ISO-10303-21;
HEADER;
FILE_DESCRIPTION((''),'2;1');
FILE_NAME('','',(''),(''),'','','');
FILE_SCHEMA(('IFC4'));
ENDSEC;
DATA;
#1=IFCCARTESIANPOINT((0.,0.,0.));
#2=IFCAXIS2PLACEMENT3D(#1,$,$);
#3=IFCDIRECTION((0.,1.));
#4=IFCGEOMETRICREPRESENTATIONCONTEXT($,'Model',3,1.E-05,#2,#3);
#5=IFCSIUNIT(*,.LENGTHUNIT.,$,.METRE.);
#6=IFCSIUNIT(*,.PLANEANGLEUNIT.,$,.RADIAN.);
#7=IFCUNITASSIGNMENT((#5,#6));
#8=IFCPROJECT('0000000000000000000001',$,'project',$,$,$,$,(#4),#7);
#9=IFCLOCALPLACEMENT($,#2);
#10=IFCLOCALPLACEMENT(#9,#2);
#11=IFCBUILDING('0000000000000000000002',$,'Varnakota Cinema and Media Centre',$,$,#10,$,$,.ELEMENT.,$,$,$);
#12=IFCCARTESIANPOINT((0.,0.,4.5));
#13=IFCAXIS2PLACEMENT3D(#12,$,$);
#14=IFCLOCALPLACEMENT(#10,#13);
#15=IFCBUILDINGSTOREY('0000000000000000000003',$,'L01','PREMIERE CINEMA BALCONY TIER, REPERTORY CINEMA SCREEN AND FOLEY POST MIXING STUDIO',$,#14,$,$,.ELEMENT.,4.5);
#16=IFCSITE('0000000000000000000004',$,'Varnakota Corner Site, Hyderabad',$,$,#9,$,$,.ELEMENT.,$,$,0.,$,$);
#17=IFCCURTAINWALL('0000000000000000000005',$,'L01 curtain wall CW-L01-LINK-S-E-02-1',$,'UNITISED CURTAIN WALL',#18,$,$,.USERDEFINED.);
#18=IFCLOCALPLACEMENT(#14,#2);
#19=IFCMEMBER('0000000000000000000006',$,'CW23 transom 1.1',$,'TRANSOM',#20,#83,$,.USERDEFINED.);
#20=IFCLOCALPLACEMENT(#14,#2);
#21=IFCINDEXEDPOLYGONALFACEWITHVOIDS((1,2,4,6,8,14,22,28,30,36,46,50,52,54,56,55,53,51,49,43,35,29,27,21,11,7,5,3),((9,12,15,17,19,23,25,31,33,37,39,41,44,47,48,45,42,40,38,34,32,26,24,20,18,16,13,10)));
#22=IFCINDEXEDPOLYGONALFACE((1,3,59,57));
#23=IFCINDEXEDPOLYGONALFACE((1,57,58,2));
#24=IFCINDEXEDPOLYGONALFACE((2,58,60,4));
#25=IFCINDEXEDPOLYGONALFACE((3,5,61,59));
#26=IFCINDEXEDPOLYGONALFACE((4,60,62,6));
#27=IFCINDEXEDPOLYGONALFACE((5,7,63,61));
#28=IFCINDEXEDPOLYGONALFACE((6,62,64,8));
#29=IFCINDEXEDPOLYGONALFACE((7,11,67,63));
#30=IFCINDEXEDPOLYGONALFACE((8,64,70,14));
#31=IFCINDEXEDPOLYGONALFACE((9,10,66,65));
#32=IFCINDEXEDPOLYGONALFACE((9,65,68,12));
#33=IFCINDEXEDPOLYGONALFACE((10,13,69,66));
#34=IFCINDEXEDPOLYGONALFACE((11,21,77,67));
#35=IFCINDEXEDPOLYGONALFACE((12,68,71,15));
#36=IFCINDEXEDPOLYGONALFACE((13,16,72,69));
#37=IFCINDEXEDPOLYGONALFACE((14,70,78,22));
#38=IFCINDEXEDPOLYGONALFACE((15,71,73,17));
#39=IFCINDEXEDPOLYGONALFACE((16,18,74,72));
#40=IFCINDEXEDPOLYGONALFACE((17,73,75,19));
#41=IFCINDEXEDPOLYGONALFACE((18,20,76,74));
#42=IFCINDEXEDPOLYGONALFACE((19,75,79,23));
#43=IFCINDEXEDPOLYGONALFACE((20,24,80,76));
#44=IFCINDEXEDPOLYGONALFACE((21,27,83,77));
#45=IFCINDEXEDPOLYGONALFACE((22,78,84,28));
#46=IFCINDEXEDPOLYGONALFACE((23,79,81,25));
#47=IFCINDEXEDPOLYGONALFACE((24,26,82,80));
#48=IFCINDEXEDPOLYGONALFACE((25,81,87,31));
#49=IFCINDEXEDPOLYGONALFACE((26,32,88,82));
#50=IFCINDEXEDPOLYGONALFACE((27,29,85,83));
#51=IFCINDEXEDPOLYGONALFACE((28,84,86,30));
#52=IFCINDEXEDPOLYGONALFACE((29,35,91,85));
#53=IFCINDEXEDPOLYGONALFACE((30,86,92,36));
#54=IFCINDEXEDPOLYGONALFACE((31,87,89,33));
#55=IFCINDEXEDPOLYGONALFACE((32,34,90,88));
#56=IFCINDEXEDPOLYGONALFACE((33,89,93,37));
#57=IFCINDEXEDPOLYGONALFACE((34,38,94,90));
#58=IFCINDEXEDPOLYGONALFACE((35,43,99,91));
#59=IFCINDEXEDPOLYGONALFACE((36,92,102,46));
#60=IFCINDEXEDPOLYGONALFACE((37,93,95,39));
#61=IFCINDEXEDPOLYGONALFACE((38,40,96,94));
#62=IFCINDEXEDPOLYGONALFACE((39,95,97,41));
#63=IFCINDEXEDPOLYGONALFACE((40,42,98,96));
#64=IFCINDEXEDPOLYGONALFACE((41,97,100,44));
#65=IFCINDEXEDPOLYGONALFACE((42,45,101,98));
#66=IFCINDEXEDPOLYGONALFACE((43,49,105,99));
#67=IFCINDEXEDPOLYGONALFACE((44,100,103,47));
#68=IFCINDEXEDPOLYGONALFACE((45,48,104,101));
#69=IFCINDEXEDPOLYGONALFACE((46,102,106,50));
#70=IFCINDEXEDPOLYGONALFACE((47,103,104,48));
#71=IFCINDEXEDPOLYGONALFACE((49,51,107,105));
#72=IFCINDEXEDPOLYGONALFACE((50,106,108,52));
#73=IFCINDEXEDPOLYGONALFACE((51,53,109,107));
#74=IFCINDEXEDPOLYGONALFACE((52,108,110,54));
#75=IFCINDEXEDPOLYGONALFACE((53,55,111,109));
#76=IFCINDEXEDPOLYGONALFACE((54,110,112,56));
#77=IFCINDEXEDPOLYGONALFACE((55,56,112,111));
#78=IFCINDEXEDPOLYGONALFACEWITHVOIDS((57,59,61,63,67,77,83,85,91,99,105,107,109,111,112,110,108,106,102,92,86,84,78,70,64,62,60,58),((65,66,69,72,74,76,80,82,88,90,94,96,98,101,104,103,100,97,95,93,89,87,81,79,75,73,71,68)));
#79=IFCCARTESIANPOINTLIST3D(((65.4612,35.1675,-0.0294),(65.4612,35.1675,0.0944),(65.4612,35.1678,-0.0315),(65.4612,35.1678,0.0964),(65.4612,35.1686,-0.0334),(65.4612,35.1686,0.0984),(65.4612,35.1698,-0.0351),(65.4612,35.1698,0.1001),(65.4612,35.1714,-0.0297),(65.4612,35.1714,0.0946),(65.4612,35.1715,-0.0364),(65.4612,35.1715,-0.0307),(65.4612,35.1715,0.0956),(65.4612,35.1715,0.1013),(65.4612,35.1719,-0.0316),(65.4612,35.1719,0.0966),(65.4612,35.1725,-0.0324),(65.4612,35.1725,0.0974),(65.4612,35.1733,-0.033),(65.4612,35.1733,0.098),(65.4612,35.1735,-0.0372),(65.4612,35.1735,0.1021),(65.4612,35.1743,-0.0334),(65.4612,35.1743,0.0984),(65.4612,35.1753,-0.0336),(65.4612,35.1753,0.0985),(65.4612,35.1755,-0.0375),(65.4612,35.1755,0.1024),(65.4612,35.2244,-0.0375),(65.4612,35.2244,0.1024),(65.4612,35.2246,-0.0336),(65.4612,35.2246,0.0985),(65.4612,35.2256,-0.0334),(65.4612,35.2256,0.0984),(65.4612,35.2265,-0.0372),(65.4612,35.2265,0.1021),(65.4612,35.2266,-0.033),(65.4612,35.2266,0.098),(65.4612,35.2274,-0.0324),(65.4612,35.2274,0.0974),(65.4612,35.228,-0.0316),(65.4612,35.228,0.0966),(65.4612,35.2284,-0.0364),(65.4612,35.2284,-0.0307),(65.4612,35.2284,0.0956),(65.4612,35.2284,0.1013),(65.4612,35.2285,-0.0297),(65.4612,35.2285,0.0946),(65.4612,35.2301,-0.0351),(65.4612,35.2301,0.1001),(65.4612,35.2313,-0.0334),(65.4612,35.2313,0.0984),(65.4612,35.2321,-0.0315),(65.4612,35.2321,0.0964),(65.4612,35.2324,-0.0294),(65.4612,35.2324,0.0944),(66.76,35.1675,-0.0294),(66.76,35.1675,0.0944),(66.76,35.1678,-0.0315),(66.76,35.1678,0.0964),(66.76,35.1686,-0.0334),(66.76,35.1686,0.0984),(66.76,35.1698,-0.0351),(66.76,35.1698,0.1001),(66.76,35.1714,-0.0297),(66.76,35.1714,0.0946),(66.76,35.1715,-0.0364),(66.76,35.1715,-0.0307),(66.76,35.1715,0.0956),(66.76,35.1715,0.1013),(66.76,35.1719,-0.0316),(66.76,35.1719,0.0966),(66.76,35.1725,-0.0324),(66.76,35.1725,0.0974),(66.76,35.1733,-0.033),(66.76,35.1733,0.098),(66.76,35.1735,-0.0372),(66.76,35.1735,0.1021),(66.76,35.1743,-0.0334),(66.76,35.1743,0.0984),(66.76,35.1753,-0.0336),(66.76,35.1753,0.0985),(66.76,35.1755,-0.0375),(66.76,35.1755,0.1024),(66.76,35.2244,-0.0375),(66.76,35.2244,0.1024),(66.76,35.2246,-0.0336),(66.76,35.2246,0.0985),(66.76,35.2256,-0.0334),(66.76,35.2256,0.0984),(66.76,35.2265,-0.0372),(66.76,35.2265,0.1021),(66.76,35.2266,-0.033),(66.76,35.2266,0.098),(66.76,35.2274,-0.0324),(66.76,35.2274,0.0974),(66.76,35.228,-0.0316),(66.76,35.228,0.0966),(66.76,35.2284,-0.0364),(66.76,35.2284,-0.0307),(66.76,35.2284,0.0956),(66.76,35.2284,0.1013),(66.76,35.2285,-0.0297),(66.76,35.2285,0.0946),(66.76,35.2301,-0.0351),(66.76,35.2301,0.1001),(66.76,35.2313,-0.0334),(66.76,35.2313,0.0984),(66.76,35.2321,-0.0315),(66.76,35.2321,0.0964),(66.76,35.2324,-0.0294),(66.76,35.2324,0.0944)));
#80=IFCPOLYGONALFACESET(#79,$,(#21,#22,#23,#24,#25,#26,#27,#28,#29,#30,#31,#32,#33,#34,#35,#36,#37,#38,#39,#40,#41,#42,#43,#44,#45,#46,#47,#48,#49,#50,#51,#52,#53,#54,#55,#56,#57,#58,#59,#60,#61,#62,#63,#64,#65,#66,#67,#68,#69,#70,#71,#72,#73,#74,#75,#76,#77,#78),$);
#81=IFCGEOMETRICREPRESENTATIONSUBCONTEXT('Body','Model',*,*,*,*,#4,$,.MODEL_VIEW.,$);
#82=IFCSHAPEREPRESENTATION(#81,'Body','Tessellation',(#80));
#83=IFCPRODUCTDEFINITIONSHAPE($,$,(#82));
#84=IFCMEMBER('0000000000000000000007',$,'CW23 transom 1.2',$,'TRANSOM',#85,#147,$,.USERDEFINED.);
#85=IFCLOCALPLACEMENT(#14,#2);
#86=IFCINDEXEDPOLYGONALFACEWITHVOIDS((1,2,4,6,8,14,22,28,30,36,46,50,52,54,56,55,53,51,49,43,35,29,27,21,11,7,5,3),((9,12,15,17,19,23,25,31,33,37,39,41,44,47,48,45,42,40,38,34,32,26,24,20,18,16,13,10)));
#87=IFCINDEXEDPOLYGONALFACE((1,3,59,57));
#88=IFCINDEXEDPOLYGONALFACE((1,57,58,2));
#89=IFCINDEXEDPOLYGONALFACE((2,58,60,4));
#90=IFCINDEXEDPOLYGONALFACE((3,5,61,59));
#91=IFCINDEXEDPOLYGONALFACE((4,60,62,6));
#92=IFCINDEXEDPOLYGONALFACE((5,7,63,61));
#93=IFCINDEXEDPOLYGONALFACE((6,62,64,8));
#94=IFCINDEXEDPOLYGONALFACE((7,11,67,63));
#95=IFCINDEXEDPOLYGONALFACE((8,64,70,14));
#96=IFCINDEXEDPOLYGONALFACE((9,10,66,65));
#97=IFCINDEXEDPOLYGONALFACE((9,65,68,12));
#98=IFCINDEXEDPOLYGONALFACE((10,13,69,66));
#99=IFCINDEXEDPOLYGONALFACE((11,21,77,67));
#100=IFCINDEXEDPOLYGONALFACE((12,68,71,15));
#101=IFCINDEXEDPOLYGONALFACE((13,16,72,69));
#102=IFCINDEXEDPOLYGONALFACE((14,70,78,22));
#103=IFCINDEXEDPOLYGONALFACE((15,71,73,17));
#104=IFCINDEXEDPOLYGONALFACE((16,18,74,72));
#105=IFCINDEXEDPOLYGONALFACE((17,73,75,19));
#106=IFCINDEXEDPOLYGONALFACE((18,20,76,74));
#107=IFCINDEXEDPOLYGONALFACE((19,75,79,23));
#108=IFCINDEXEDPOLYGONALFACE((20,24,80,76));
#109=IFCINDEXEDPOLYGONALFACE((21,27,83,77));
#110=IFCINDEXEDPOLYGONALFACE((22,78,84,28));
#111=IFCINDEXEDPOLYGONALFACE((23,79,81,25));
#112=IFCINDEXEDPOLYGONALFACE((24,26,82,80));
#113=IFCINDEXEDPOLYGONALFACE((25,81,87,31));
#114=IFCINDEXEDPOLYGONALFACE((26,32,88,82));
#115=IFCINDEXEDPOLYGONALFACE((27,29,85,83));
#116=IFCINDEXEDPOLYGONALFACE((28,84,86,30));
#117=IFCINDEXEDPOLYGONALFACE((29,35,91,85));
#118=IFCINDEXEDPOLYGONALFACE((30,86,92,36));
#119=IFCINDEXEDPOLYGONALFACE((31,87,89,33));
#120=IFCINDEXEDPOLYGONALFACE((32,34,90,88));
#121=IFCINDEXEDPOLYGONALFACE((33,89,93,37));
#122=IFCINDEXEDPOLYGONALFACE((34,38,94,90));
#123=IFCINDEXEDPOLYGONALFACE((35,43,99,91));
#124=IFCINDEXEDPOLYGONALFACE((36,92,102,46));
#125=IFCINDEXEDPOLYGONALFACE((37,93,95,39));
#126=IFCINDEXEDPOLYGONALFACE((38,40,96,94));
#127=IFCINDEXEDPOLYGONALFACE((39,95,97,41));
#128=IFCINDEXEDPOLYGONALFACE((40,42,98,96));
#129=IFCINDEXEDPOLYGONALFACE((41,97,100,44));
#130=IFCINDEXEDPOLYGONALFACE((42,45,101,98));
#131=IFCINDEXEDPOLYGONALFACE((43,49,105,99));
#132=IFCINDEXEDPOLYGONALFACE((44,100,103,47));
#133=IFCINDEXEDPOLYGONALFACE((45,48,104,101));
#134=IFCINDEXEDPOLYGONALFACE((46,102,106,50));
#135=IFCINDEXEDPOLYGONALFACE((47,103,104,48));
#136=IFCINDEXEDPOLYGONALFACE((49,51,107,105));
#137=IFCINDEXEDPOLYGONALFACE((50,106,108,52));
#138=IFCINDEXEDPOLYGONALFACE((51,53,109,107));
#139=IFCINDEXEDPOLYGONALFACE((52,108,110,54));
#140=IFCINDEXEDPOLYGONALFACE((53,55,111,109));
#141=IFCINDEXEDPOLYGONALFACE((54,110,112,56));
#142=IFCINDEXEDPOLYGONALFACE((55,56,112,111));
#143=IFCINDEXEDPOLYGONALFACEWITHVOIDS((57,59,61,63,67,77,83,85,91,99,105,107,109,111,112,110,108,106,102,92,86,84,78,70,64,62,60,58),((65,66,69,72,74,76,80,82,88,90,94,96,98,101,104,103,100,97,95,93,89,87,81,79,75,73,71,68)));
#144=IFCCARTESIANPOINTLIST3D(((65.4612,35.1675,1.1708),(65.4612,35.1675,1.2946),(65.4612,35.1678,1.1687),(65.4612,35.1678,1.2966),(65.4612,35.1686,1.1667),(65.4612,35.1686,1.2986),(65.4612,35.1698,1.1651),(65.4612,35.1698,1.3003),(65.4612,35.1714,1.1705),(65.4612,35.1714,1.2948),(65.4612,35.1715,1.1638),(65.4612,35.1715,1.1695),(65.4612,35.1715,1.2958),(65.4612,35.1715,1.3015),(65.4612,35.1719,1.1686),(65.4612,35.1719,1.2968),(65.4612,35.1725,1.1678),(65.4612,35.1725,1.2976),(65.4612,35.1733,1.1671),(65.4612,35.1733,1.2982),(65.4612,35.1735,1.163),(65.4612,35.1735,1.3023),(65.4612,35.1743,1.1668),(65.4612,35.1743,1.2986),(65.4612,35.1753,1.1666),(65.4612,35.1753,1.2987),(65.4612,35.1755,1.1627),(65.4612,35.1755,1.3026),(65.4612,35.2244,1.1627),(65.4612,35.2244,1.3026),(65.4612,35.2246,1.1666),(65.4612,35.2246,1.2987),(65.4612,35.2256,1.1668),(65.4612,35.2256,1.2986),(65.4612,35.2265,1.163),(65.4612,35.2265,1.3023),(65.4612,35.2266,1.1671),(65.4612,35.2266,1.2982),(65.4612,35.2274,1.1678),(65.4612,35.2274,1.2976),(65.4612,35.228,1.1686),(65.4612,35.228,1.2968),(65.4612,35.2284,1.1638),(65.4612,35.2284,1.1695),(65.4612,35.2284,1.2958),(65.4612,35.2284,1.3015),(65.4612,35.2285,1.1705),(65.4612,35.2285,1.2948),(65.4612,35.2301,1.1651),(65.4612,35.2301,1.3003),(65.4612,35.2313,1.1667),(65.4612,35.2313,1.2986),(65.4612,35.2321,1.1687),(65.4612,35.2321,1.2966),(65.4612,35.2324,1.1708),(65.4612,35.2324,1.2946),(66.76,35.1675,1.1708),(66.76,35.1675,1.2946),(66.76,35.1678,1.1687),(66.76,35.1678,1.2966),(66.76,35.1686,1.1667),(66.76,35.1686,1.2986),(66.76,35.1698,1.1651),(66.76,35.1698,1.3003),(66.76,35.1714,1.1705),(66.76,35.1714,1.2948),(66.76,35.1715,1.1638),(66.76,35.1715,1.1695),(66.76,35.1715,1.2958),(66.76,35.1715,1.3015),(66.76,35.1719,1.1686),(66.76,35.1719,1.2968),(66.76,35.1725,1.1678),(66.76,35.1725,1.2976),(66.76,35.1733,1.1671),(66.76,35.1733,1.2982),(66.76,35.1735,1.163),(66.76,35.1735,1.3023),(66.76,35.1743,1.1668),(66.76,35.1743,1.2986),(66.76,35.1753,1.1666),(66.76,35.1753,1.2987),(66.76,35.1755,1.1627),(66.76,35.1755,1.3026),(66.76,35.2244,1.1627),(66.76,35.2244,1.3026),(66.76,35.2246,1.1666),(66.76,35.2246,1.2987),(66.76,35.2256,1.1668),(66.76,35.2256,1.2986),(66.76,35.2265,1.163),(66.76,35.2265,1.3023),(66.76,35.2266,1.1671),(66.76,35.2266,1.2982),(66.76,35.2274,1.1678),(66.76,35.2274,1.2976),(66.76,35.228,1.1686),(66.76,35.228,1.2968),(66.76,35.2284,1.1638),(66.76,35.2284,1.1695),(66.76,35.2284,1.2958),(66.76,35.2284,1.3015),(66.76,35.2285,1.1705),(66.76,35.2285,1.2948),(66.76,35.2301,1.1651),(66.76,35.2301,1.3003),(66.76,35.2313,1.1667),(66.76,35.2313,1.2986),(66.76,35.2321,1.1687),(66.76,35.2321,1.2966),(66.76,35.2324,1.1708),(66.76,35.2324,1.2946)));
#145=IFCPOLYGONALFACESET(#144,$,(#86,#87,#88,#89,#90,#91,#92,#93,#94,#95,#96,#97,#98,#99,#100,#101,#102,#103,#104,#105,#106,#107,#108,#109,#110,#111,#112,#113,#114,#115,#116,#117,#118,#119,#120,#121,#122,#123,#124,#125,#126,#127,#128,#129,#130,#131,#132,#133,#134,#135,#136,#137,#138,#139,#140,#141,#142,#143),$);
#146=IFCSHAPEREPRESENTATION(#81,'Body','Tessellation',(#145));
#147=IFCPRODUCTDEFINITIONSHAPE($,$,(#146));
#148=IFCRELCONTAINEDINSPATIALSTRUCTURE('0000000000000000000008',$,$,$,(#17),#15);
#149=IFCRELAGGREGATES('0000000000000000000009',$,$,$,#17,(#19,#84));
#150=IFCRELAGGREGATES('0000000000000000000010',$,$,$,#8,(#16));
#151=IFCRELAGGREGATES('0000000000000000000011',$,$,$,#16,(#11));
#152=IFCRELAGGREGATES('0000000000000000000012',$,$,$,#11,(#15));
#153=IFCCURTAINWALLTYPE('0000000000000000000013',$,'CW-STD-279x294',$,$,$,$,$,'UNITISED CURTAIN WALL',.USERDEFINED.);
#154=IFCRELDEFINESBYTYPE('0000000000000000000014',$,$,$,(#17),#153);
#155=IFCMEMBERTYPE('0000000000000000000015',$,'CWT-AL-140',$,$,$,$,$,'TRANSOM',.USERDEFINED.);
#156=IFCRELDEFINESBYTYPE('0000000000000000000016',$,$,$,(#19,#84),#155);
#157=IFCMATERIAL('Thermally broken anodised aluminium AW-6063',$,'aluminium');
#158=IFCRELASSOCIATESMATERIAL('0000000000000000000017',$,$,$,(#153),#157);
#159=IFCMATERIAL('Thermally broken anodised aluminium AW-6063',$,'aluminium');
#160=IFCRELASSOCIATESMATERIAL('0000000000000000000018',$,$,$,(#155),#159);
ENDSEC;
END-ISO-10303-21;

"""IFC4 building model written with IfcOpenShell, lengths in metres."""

from ifc_helpers import new_model, si_unit, direction, frame, origin, origin_2d, place, context, subcontext, project, spatial, hollow_rectangle, extrude, material, material_profile, profile_set, type_object, element, aggregate, save


model = new_model("IFC4")

# Units and contexts
model_context = context("Model", 3, precision=1e-05, world=origin(), true_north=direction((0.0, 1.0)))
body_context = subcontext(model_context, "Body", "Model", "MODEL_VIEW")
ifc_project = project(units=[si_unit("LENGTHUNIT", "METRE"), si_unit("PLANEANGLEUNIT", "RADIAN")], contexts=[model_context])

# Site, building, storey
site_placement = place(None, origin())
site = spatial("IfcSite", under=ifc_project, at=site_placement, Name="Varnakota Corner Site, Hyderabad", CompositionType="ELEMENT", RefElevation=0.0)
building_placement = place(site_placement, origin())
building = spatial("IfcBuilding", under=site, at=building_placement, Name="Varnakota Cinema and Media Centre", CompositionType="ELEMENT")
storey_placement = place(building_placement, frame((0.0, 0.0, 4.5)))
storey = spatial("IfcBuildingStorey", under=building, at=storey_placement, Name="L01", Description="PREMIERE CINEMA BALCONY TIER, REPERTORY CINEMA SCREEN AND FOLEY POST MIXING STUDIO", CompositionType="ELEMENT", Elevation=4.5)

# Curtain wall
ifc_material_1 = material(Name="Thermally broken anodised aluminium AW-6063", Category="aluminium")
curtain_wall_type_1 = type_object("IfcCurtainWallType", Name="CW-STD-279x294", ElementType="UNITISED CURTAIN WALL", PredefinedType="USERDEFINED", material=ifc_material_1)
curtain_wall_1_placement = place(storey_placement, origin())
curtain_wall_1 = element("IfcCurtainWall", 1, at=curtain_wall_1_placement, inside=storey, type_object=curtain_wall_type_1, Name="L01 curtain wall CW-L01-LINK-S-E-02-1", ObjectType="UNITISED CURTAIN WALL", PredefinedType="USERDEFINED")

# Members
ifc_material_2 = material(Name="Thermally broken anodised aluminium AW-6063", Category="aluminium")
ifc_material_profile_1 = material_profile(ifc_material_2, hollow_rectangle(XDim=0.0649, YDim=0.1399, WallThickness=0.0039, InnerFilletRadius=0.0039, OuterFilletRadius=0.0081, at=origin_2d()), Name="AL-TRANSOM 140x65x4")
ifc_profile_set_1 = profile_set([ifc_material_profile_1], Name="Thermally broken anodised aluminium AW-6063")
member_type_1 = type_object("IfcMemberType", Name="CWT-AL-140", ElementType="TRANSOM", PredefinedType="USERDEFINED", material=ifc_profile_set_1)
member_1_placement = place(storey_placement, frame((66.76, 35.2, 0.0325), z_axis=(-1.0, 0.0, 0.0), x_axis=(0.0, -1.0, 0.0)))
member_1 = element("IfcMember", 2, at=member_1_placement, type_object=member_type_1, Name="CW23 transom 1.1", ObjectType="TRANSOM", PredefinedType="USERDEFINED", context=body_context, shape_type="SweptSolid", body=[
    extrude(hollow_rectangle(XDim=0.0649, YDim=0.1399, WallThickness=0.0039, InnerFilletRadius=0.0039, OuterFilletRadius=0.0081, at=origin_2d()), origin(), (0.0, 0.0, 1.0), 1.2988),
])
member_2_placement = place(storey_placement, frame((66.76, 35.2, 1.2327), z_axis=(-1.0, 0.0, 0.0), x_axis=(0.0, -1.0, 0.0)))
member_2 = element("IfcMember", 3, at=member_2_placement, type_object=member_type_1, Name="CW23 transom 1.2", ObjectType="TRANSOM", PredefinedType="USERDEFINED", context=body_context, shape_type="SweptSolid", body=[
    extrude(hollow_rectangle(XDim=0.0649, YDim=0.1399, WallThickness=0.0039, InnerFilletRadius=0.0039, OuterFilletRadius=0.0081, at=origin_2d()), origin(), (0.0, 0.0, 1.0), 1.2988),
])

aggregate(curtain_wall_1, [member_1, member_2])

save(model, "model.ifc")
